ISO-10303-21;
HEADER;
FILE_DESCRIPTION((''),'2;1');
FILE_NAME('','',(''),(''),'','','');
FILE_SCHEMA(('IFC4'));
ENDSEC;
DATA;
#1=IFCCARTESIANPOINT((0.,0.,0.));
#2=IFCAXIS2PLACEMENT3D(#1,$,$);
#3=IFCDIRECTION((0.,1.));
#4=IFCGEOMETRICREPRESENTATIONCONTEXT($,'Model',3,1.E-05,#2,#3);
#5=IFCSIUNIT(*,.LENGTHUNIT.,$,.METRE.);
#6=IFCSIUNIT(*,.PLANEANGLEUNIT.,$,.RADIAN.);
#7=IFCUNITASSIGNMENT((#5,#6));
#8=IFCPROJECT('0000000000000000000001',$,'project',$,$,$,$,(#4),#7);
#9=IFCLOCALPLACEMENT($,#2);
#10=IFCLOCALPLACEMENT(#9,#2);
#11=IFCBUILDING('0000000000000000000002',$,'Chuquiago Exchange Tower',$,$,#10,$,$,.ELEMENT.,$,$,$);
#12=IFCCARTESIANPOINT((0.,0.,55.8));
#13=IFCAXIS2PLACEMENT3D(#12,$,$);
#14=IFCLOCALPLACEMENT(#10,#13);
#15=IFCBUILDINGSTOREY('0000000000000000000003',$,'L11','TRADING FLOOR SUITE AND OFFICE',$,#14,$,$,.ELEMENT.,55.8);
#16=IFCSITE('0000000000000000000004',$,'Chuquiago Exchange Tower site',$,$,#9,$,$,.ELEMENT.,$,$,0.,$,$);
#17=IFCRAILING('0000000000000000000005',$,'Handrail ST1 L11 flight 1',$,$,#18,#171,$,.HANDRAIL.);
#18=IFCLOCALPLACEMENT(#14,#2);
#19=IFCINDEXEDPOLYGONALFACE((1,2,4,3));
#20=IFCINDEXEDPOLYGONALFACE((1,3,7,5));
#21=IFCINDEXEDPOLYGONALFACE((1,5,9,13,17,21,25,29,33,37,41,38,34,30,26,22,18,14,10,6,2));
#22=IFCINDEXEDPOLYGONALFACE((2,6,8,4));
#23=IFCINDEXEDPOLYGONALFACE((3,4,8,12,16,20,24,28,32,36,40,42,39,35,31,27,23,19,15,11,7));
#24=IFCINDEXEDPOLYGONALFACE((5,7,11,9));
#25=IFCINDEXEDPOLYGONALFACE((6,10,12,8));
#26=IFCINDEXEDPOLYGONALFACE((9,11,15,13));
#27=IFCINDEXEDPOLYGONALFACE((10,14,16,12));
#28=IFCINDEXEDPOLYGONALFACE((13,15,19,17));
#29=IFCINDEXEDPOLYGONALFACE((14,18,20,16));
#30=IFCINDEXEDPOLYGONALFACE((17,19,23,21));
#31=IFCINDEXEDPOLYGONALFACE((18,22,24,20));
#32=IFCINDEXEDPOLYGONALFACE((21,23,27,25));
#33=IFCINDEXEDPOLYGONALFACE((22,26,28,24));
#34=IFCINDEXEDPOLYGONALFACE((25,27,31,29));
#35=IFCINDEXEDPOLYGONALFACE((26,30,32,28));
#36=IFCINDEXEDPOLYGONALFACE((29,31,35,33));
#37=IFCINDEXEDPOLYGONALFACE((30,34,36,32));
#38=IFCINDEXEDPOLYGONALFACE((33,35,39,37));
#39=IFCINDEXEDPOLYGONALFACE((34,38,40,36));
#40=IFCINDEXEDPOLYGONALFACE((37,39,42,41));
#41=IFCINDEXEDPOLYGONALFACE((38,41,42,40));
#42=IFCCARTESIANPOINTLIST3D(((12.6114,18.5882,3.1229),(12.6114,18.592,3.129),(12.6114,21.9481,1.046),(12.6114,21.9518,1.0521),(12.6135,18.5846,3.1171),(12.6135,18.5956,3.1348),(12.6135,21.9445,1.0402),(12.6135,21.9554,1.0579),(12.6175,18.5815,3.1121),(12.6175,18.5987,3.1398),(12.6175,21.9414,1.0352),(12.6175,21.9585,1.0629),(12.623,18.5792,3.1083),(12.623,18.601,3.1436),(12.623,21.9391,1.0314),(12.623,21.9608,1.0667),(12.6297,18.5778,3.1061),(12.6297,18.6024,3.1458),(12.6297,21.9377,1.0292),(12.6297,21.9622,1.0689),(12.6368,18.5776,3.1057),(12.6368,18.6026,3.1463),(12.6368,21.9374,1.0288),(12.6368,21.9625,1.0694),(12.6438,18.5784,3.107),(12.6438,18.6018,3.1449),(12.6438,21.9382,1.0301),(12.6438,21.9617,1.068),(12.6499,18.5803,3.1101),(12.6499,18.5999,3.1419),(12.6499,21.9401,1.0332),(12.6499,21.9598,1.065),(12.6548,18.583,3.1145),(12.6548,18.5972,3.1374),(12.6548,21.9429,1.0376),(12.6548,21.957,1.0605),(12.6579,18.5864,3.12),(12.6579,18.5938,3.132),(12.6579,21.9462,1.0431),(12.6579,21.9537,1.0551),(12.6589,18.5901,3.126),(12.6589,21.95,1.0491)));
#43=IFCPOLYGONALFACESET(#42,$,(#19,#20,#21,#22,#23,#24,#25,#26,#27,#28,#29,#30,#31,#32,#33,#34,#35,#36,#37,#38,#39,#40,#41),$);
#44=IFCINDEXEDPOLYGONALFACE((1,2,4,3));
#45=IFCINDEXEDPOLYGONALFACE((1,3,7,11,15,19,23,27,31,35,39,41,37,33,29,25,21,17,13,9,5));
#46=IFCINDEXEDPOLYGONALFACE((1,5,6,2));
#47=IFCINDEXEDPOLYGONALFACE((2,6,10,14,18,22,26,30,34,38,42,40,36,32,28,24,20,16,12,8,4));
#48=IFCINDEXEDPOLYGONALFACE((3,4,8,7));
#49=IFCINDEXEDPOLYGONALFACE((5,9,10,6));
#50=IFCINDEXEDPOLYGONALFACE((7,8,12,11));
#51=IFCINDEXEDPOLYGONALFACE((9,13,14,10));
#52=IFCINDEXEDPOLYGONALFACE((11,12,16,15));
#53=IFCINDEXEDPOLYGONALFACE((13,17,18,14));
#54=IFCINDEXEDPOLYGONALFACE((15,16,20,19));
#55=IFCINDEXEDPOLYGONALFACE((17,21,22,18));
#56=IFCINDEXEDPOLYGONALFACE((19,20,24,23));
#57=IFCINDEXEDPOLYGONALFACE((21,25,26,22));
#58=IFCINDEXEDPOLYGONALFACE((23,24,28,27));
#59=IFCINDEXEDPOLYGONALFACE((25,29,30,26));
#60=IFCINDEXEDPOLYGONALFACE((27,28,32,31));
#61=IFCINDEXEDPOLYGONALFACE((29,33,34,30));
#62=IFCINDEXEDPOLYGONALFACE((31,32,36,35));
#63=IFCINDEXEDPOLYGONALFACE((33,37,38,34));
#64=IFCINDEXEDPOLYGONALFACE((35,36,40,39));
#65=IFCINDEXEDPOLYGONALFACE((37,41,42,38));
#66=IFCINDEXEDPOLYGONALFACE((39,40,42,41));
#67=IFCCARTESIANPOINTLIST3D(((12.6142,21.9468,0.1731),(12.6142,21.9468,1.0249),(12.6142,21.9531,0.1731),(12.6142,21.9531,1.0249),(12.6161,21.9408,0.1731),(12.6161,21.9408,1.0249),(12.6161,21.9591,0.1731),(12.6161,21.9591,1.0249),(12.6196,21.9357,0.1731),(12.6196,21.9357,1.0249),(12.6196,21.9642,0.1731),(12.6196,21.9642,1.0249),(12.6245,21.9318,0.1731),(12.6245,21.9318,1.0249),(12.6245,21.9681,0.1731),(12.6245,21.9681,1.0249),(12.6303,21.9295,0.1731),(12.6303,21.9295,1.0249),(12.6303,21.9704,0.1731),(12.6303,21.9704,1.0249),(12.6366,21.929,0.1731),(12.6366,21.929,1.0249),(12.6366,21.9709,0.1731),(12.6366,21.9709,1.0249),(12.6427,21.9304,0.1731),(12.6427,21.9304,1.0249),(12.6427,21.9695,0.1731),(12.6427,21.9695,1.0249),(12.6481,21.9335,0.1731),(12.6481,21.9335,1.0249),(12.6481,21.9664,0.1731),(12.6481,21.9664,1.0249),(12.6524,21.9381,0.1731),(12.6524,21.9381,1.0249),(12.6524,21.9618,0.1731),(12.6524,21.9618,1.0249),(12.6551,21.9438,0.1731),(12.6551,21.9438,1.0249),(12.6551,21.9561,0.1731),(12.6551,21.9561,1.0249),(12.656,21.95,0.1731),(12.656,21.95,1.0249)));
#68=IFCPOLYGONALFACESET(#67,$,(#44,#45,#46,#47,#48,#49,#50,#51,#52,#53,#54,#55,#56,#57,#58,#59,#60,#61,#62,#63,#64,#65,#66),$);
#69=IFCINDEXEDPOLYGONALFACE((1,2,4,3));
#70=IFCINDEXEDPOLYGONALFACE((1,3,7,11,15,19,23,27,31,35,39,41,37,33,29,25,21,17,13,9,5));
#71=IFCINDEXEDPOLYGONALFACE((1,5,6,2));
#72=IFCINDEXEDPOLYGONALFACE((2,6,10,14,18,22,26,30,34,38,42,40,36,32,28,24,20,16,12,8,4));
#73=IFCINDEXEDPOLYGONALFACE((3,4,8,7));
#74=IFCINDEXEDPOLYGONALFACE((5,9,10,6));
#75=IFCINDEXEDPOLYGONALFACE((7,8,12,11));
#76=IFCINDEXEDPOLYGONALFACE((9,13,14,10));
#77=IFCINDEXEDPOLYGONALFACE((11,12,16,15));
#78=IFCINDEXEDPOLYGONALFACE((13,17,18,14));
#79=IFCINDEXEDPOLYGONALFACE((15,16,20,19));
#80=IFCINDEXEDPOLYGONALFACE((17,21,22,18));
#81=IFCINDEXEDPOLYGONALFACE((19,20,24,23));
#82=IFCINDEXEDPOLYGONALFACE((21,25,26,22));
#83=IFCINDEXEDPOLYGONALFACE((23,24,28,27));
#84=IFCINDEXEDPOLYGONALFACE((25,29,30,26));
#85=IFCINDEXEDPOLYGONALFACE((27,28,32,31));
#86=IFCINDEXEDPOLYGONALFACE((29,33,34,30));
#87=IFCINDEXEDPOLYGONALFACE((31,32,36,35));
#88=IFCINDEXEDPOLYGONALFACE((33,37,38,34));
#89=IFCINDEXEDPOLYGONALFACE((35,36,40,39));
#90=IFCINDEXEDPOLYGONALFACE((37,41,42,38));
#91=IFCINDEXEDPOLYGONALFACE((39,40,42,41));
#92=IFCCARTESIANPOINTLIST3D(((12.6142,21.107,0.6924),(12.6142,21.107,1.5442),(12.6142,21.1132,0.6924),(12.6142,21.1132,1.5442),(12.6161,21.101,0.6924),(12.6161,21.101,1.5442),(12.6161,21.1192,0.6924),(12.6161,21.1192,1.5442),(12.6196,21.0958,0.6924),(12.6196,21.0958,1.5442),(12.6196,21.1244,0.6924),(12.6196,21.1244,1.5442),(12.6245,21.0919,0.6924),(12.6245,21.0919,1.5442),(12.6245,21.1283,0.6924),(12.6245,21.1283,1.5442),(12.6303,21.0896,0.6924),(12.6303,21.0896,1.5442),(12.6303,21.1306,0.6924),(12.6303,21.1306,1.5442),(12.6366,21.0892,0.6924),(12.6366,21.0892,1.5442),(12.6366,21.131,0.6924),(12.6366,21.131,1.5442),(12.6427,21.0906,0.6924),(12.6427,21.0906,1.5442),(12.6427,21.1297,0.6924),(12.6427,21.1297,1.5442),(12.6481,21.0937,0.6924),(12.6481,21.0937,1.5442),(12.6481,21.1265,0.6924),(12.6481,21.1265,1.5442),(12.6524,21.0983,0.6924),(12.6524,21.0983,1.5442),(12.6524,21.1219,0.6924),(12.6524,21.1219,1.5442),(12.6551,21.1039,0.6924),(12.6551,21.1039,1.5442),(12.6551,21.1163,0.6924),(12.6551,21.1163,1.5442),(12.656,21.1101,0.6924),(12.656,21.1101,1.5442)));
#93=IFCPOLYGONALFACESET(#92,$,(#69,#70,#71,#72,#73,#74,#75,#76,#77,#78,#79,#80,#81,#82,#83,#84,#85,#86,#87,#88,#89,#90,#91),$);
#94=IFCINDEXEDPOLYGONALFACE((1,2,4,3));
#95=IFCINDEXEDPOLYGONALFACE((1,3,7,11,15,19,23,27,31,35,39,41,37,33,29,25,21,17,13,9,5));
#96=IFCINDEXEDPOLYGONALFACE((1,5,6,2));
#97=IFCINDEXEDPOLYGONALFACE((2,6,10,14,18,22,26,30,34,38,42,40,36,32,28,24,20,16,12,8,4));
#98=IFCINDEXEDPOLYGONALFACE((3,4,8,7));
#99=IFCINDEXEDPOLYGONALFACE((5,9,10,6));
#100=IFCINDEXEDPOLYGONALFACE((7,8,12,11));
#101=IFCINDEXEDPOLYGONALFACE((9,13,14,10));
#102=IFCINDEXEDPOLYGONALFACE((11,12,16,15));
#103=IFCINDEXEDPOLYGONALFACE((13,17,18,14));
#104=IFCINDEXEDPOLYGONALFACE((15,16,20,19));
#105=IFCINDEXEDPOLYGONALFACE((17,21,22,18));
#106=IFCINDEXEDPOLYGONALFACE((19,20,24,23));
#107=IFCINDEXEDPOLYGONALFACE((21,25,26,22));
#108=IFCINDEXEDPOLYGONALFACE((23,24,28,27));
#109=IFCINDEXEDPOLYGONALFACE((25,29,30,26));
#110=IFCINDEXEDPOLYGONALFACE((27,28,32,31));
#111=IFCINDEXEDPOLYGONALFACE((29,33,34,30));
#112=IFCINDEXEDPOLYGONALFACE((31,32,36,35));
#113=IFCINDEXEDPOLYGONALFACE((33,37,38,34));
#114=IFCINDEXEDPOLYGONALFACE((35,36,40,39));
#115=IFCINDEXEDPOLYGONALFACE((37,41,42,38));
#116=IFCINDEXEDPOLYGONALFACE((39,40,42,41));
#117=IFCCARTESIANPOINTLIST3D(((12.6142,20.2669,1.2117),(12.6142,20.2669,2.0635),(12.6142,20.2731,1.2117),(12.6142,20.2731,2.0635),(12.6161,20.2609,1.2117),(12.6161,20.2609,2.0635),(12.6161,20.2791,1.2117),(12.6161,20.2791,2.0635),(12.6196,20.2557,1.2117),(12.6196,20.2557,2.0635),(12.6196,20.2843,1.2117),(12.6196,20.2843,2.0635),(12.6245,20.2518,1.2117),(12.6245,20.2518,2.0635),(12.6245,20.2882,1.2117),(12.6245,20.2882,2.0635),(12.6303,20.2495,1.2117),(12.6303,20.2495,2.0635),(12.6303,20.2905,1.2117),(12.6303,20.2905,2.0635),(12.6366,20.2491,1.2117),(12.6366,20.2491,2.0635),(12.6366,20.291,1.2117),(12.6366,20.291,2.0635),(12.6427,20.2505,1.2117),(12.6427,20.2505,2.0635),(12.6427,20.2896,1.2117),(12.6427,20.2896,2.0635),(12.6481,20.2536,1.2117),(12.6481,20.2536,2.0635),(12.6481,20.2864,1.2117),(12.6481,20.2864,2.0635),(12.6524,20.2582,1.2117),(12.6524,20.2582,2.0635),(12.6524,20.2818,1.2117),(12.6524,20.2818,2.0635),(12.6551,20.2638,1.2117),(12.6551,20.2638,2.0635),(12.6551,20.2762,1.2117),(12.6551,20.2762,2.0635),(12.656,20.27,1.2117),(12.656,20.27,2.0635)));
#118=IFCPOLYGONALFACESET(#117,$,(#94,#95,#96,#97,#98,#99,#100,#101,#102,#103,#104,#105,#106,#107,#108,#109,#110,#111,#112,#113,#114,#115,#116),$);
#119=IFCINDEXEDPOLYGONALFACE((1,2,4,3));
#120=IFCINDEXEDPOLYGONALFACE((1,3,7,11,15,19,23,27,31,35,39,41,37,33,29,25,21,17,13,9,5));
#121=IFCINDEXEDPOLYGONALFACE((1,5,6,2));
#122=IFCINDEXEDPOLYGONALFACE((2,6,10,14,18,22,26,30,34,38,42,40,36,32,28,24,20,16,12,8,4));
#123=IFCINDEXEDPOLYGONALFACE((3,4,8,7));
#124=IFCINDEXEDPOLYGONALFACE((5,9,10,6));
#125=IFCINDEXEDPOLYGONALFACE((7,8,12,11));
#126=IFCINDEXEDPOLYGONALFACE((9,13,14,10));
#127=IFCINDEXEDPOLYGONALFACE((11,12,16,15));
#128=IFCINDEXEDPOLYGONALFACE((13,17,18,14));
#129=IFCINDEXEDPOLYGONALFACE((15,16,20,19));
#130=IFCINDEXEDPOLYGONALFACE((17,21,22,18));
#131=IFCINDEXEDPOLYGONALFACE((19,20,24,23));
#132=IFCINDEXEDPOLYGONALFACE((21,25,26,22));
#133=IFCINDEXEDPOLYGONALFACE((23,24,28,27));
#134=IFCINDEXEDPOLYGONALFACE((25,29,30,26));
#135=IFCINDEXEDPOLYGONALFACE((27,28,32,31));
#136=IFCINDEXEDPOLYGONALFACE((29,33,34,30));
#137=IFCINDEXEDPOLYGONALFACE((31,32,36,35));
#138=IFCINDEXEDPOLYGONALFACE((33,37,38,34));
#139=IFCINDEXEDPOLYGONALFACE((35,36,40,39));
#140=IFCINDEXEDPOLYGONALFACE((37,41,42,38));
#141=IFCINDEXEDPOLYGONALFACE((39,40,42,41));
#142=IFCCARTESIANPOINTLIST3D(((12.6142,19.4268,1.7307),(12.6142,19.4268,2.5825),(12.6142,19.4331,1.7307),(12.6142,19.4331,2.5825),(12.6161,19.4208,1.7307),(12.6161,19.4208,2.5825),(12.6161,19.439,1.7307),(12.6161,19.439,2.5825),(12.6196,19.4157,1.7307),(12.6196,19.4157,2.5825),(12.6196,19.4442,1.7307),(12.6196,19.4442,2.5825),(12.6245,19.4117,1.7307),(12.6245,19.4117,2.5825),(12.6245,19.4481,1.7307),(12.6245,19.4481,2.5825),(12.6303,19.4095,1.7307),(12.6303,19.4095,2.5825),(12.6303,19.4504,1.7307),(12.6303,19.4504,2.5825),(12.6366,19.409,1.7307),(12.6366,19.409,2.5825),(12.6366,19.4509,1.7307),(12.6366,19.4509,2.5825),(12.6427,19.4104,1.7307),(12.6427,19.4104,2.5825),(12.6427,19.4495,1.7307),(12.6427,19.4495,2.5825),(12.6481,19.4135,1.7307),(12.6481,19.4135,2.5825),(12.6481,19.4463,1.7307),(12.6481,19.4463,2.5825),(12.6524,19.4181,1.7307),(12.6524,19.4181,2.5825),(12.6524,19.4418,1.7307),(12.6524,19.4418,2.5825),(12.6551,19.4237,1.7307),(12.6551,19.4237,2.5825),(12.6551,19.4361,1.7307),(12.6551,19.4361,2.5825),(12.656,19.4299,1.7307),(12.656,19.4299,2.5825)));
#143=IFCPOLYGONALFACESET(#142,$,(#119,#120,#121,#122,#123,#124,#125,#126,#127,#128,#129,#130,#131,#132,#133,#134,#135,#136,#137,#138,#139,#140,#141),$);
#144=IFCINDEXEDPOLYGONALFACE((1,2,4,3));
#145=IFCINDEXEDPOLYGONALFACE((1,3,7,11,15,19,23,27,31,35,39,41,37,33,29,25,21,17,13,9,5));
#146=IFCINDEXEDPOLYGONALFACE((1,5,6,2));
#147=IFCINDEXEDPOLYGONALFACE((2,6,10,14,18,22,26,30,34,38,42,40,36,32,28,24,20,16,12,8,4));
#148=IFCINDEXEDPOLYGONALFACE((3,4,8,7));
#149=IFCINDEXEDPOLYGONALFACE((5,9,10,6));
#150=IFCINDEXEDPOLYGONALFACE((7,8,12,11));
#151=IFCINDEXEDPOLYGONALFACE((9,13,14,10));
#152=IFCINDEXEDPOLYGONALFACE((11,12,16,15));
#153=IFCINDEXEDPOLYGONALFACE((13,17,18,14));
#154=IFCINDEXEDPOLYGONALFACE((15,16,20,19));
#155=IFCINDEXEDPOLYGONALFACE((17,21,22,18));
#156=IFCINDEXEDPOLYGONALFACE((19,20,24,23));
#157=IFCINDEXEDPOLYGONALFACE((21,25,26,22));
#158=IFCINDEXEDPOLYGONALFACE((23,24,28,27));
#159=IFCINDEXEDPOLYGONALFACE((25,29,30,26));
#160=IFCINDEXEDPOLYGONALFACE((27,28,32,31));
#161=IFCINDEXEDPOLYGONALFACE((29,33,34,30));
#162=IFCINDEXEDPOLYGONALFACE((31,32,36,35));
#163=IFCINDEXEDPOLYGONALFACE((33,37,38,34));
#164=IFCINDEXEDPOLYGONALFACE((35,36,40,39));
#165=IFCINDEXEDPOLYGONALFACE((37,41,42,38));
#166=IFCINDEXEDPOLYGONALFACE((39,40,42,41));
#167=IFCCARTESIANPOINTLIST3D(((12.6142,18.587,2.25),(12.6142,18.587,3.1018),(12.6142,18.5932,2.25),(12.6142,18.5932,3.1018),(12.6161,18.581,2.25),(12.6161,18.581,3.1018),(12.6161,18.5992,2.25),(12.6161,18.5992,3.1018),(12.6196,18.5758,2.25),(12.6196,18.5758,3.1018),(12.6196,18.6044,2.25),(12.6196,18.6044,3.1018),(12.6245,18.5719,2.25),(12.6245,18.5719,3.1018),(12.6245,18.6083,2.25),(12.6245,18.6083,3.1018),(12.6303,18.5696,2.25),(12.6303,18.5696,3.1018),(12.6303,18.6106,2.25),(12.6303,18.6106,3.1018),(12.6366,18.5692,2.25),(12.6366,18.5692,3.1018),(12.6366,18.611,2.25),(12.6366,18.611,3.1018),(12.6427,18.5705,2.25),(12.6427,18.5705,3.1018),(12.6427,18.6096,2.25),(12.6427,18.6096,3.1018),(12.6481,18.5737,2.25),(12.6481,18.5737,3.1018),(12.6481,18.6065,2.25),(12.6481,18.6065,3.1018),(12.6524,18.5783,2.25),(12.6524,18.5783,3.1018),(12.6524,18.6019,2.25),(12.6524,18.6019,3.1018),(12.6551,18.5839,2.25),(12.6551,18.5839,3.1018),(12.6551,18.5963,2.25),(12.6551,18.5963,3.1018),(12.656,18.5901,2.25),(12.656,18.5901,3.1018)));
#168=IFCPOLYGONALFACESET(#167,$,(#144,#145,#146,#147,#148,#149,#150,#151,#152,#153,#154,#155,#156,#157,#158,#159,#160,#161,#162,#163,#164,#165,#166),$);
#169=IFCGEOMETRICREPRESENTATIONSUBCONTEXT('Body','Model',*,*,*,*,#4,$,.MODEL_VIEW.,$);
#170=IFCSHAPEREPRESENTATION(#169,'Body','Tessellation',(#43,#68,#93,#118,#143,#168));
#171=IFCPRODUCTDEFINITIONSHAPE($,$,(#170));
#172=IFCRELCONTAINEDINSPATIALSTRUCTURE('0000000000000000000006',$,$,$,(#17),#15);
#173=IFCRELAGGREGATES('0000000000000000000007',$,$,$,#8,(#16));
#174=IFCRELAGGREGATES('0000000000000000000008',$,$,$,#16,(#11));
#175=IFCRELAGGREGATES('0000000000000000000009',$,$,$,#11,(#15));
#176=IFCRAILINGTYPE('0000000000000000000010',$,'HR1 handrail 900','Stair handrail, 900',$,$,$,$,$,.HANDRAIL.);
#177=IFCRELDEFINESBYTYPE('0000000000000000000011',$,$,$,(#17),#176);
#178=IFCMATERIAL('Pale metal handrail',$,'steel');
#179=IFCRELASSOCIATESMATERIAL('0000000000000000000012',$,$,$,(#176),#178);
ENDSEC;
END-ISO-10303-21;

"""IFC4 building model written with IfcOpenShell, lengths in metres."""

from ifc_helpers import new_model, si_unit, direction, frame, origin, origin_2d, place, context, subcontext, project, spatial, circle, extrude, material, type_object, element, save


model = new_model("IFC4")

# Units and contexts
model_context = context("Model", 3, precision=1e-05, world=origin(), true_north=direction((0.0, 1.0)))
body_context = subcontext(model_context, "Body", "Model", "MODEL_VIEW")
ifc_project = project(units=[si_unit("LENGTHUNIT", "METRE"), si_unit("PLANEANGLEUNIT", "RADIAN")], contexts=[model_context])

# Site, building, storey
site_placement = place(None, origin())
site = spatial("IfcSite", under=ifc_project, at=site_placement, Name="Chuquiago Exchange Tower site", CompositionType="ELEMENT", RefElevation=0.0)
building_placement = place(site_placement, origin())
building = spatial("IfcBuilding", under=site, at=building_placement, Name="Chuquiago Exchange Tower", CompositionType="ELEMENT")
storey_placement = place(building_placement, frame((0.0, 0.0, 55.8)))
storey = spatial("IfcBuildingStorey", under=building, at=storey_placement, Name="L11", Description="TRADING FLOOR SUITE AND OFFICE", CompositionType="ELEMENT", Elevation=55.8)

# Railing
ifc_material_1 = material(Name="Pale metal handrail", Category="steel")
railing_type_1 = type_object("IfcRailingType", Name="HR1 handrail 900", Description="Stair handrail, 900", PredefinedType="HANDRAIL", material=ifc_material_1)
railing_placement = place(storey_placement, frame((12.635, 21.95, 0.1731)))
element("IfcRailing", 1, at=railing_placement, inside=storey, type_object=railing_type_1, Name="Handrail ST1 L11 flight 1", PredefinedType="HANDRAIL", context=body_context, shape_type="SweptSolid", body=[
    extrude(circle(Radius=0.0239, at=origin_2d()), frame((0.0, 0.0, 0.876), z_axis=(0.0, -0.850606, 0.525803), x_axis=(1.0, 0.0, 0.0)), (0.0, 0.0, 1.0), 3.95),
    extrude(circle(Radius=0.021, at=origin_2d()), origin(), (0.0, 0.0, 1.0), 0.8518),
    extrude(circle(Radius=0.021, at=origin_2d()), frame((0.0, -0.8398, 0.5193)), (0.0, 0.0, 1.0), 0.8518),
    extrude(circle(Radius=0.021, at=origin_2d()), frame((0.0, -1.6799, 1.0386)), (0.0, 0.0, 1.0), 0.8518),
    extrude(circle(Radius=0.021, at=origin_2d()), frame((0.0, -2.52, 1.5576)), (0.0, 0.0, 1.0), 0.8518),
    extrude(circle(Radius=0.021, at=origin_2d()), frame((0.0, -3.3599, 2.0769)), (0.0, 0.0, 1.0), 0.8518),
])

save(model, "model.ifc")
